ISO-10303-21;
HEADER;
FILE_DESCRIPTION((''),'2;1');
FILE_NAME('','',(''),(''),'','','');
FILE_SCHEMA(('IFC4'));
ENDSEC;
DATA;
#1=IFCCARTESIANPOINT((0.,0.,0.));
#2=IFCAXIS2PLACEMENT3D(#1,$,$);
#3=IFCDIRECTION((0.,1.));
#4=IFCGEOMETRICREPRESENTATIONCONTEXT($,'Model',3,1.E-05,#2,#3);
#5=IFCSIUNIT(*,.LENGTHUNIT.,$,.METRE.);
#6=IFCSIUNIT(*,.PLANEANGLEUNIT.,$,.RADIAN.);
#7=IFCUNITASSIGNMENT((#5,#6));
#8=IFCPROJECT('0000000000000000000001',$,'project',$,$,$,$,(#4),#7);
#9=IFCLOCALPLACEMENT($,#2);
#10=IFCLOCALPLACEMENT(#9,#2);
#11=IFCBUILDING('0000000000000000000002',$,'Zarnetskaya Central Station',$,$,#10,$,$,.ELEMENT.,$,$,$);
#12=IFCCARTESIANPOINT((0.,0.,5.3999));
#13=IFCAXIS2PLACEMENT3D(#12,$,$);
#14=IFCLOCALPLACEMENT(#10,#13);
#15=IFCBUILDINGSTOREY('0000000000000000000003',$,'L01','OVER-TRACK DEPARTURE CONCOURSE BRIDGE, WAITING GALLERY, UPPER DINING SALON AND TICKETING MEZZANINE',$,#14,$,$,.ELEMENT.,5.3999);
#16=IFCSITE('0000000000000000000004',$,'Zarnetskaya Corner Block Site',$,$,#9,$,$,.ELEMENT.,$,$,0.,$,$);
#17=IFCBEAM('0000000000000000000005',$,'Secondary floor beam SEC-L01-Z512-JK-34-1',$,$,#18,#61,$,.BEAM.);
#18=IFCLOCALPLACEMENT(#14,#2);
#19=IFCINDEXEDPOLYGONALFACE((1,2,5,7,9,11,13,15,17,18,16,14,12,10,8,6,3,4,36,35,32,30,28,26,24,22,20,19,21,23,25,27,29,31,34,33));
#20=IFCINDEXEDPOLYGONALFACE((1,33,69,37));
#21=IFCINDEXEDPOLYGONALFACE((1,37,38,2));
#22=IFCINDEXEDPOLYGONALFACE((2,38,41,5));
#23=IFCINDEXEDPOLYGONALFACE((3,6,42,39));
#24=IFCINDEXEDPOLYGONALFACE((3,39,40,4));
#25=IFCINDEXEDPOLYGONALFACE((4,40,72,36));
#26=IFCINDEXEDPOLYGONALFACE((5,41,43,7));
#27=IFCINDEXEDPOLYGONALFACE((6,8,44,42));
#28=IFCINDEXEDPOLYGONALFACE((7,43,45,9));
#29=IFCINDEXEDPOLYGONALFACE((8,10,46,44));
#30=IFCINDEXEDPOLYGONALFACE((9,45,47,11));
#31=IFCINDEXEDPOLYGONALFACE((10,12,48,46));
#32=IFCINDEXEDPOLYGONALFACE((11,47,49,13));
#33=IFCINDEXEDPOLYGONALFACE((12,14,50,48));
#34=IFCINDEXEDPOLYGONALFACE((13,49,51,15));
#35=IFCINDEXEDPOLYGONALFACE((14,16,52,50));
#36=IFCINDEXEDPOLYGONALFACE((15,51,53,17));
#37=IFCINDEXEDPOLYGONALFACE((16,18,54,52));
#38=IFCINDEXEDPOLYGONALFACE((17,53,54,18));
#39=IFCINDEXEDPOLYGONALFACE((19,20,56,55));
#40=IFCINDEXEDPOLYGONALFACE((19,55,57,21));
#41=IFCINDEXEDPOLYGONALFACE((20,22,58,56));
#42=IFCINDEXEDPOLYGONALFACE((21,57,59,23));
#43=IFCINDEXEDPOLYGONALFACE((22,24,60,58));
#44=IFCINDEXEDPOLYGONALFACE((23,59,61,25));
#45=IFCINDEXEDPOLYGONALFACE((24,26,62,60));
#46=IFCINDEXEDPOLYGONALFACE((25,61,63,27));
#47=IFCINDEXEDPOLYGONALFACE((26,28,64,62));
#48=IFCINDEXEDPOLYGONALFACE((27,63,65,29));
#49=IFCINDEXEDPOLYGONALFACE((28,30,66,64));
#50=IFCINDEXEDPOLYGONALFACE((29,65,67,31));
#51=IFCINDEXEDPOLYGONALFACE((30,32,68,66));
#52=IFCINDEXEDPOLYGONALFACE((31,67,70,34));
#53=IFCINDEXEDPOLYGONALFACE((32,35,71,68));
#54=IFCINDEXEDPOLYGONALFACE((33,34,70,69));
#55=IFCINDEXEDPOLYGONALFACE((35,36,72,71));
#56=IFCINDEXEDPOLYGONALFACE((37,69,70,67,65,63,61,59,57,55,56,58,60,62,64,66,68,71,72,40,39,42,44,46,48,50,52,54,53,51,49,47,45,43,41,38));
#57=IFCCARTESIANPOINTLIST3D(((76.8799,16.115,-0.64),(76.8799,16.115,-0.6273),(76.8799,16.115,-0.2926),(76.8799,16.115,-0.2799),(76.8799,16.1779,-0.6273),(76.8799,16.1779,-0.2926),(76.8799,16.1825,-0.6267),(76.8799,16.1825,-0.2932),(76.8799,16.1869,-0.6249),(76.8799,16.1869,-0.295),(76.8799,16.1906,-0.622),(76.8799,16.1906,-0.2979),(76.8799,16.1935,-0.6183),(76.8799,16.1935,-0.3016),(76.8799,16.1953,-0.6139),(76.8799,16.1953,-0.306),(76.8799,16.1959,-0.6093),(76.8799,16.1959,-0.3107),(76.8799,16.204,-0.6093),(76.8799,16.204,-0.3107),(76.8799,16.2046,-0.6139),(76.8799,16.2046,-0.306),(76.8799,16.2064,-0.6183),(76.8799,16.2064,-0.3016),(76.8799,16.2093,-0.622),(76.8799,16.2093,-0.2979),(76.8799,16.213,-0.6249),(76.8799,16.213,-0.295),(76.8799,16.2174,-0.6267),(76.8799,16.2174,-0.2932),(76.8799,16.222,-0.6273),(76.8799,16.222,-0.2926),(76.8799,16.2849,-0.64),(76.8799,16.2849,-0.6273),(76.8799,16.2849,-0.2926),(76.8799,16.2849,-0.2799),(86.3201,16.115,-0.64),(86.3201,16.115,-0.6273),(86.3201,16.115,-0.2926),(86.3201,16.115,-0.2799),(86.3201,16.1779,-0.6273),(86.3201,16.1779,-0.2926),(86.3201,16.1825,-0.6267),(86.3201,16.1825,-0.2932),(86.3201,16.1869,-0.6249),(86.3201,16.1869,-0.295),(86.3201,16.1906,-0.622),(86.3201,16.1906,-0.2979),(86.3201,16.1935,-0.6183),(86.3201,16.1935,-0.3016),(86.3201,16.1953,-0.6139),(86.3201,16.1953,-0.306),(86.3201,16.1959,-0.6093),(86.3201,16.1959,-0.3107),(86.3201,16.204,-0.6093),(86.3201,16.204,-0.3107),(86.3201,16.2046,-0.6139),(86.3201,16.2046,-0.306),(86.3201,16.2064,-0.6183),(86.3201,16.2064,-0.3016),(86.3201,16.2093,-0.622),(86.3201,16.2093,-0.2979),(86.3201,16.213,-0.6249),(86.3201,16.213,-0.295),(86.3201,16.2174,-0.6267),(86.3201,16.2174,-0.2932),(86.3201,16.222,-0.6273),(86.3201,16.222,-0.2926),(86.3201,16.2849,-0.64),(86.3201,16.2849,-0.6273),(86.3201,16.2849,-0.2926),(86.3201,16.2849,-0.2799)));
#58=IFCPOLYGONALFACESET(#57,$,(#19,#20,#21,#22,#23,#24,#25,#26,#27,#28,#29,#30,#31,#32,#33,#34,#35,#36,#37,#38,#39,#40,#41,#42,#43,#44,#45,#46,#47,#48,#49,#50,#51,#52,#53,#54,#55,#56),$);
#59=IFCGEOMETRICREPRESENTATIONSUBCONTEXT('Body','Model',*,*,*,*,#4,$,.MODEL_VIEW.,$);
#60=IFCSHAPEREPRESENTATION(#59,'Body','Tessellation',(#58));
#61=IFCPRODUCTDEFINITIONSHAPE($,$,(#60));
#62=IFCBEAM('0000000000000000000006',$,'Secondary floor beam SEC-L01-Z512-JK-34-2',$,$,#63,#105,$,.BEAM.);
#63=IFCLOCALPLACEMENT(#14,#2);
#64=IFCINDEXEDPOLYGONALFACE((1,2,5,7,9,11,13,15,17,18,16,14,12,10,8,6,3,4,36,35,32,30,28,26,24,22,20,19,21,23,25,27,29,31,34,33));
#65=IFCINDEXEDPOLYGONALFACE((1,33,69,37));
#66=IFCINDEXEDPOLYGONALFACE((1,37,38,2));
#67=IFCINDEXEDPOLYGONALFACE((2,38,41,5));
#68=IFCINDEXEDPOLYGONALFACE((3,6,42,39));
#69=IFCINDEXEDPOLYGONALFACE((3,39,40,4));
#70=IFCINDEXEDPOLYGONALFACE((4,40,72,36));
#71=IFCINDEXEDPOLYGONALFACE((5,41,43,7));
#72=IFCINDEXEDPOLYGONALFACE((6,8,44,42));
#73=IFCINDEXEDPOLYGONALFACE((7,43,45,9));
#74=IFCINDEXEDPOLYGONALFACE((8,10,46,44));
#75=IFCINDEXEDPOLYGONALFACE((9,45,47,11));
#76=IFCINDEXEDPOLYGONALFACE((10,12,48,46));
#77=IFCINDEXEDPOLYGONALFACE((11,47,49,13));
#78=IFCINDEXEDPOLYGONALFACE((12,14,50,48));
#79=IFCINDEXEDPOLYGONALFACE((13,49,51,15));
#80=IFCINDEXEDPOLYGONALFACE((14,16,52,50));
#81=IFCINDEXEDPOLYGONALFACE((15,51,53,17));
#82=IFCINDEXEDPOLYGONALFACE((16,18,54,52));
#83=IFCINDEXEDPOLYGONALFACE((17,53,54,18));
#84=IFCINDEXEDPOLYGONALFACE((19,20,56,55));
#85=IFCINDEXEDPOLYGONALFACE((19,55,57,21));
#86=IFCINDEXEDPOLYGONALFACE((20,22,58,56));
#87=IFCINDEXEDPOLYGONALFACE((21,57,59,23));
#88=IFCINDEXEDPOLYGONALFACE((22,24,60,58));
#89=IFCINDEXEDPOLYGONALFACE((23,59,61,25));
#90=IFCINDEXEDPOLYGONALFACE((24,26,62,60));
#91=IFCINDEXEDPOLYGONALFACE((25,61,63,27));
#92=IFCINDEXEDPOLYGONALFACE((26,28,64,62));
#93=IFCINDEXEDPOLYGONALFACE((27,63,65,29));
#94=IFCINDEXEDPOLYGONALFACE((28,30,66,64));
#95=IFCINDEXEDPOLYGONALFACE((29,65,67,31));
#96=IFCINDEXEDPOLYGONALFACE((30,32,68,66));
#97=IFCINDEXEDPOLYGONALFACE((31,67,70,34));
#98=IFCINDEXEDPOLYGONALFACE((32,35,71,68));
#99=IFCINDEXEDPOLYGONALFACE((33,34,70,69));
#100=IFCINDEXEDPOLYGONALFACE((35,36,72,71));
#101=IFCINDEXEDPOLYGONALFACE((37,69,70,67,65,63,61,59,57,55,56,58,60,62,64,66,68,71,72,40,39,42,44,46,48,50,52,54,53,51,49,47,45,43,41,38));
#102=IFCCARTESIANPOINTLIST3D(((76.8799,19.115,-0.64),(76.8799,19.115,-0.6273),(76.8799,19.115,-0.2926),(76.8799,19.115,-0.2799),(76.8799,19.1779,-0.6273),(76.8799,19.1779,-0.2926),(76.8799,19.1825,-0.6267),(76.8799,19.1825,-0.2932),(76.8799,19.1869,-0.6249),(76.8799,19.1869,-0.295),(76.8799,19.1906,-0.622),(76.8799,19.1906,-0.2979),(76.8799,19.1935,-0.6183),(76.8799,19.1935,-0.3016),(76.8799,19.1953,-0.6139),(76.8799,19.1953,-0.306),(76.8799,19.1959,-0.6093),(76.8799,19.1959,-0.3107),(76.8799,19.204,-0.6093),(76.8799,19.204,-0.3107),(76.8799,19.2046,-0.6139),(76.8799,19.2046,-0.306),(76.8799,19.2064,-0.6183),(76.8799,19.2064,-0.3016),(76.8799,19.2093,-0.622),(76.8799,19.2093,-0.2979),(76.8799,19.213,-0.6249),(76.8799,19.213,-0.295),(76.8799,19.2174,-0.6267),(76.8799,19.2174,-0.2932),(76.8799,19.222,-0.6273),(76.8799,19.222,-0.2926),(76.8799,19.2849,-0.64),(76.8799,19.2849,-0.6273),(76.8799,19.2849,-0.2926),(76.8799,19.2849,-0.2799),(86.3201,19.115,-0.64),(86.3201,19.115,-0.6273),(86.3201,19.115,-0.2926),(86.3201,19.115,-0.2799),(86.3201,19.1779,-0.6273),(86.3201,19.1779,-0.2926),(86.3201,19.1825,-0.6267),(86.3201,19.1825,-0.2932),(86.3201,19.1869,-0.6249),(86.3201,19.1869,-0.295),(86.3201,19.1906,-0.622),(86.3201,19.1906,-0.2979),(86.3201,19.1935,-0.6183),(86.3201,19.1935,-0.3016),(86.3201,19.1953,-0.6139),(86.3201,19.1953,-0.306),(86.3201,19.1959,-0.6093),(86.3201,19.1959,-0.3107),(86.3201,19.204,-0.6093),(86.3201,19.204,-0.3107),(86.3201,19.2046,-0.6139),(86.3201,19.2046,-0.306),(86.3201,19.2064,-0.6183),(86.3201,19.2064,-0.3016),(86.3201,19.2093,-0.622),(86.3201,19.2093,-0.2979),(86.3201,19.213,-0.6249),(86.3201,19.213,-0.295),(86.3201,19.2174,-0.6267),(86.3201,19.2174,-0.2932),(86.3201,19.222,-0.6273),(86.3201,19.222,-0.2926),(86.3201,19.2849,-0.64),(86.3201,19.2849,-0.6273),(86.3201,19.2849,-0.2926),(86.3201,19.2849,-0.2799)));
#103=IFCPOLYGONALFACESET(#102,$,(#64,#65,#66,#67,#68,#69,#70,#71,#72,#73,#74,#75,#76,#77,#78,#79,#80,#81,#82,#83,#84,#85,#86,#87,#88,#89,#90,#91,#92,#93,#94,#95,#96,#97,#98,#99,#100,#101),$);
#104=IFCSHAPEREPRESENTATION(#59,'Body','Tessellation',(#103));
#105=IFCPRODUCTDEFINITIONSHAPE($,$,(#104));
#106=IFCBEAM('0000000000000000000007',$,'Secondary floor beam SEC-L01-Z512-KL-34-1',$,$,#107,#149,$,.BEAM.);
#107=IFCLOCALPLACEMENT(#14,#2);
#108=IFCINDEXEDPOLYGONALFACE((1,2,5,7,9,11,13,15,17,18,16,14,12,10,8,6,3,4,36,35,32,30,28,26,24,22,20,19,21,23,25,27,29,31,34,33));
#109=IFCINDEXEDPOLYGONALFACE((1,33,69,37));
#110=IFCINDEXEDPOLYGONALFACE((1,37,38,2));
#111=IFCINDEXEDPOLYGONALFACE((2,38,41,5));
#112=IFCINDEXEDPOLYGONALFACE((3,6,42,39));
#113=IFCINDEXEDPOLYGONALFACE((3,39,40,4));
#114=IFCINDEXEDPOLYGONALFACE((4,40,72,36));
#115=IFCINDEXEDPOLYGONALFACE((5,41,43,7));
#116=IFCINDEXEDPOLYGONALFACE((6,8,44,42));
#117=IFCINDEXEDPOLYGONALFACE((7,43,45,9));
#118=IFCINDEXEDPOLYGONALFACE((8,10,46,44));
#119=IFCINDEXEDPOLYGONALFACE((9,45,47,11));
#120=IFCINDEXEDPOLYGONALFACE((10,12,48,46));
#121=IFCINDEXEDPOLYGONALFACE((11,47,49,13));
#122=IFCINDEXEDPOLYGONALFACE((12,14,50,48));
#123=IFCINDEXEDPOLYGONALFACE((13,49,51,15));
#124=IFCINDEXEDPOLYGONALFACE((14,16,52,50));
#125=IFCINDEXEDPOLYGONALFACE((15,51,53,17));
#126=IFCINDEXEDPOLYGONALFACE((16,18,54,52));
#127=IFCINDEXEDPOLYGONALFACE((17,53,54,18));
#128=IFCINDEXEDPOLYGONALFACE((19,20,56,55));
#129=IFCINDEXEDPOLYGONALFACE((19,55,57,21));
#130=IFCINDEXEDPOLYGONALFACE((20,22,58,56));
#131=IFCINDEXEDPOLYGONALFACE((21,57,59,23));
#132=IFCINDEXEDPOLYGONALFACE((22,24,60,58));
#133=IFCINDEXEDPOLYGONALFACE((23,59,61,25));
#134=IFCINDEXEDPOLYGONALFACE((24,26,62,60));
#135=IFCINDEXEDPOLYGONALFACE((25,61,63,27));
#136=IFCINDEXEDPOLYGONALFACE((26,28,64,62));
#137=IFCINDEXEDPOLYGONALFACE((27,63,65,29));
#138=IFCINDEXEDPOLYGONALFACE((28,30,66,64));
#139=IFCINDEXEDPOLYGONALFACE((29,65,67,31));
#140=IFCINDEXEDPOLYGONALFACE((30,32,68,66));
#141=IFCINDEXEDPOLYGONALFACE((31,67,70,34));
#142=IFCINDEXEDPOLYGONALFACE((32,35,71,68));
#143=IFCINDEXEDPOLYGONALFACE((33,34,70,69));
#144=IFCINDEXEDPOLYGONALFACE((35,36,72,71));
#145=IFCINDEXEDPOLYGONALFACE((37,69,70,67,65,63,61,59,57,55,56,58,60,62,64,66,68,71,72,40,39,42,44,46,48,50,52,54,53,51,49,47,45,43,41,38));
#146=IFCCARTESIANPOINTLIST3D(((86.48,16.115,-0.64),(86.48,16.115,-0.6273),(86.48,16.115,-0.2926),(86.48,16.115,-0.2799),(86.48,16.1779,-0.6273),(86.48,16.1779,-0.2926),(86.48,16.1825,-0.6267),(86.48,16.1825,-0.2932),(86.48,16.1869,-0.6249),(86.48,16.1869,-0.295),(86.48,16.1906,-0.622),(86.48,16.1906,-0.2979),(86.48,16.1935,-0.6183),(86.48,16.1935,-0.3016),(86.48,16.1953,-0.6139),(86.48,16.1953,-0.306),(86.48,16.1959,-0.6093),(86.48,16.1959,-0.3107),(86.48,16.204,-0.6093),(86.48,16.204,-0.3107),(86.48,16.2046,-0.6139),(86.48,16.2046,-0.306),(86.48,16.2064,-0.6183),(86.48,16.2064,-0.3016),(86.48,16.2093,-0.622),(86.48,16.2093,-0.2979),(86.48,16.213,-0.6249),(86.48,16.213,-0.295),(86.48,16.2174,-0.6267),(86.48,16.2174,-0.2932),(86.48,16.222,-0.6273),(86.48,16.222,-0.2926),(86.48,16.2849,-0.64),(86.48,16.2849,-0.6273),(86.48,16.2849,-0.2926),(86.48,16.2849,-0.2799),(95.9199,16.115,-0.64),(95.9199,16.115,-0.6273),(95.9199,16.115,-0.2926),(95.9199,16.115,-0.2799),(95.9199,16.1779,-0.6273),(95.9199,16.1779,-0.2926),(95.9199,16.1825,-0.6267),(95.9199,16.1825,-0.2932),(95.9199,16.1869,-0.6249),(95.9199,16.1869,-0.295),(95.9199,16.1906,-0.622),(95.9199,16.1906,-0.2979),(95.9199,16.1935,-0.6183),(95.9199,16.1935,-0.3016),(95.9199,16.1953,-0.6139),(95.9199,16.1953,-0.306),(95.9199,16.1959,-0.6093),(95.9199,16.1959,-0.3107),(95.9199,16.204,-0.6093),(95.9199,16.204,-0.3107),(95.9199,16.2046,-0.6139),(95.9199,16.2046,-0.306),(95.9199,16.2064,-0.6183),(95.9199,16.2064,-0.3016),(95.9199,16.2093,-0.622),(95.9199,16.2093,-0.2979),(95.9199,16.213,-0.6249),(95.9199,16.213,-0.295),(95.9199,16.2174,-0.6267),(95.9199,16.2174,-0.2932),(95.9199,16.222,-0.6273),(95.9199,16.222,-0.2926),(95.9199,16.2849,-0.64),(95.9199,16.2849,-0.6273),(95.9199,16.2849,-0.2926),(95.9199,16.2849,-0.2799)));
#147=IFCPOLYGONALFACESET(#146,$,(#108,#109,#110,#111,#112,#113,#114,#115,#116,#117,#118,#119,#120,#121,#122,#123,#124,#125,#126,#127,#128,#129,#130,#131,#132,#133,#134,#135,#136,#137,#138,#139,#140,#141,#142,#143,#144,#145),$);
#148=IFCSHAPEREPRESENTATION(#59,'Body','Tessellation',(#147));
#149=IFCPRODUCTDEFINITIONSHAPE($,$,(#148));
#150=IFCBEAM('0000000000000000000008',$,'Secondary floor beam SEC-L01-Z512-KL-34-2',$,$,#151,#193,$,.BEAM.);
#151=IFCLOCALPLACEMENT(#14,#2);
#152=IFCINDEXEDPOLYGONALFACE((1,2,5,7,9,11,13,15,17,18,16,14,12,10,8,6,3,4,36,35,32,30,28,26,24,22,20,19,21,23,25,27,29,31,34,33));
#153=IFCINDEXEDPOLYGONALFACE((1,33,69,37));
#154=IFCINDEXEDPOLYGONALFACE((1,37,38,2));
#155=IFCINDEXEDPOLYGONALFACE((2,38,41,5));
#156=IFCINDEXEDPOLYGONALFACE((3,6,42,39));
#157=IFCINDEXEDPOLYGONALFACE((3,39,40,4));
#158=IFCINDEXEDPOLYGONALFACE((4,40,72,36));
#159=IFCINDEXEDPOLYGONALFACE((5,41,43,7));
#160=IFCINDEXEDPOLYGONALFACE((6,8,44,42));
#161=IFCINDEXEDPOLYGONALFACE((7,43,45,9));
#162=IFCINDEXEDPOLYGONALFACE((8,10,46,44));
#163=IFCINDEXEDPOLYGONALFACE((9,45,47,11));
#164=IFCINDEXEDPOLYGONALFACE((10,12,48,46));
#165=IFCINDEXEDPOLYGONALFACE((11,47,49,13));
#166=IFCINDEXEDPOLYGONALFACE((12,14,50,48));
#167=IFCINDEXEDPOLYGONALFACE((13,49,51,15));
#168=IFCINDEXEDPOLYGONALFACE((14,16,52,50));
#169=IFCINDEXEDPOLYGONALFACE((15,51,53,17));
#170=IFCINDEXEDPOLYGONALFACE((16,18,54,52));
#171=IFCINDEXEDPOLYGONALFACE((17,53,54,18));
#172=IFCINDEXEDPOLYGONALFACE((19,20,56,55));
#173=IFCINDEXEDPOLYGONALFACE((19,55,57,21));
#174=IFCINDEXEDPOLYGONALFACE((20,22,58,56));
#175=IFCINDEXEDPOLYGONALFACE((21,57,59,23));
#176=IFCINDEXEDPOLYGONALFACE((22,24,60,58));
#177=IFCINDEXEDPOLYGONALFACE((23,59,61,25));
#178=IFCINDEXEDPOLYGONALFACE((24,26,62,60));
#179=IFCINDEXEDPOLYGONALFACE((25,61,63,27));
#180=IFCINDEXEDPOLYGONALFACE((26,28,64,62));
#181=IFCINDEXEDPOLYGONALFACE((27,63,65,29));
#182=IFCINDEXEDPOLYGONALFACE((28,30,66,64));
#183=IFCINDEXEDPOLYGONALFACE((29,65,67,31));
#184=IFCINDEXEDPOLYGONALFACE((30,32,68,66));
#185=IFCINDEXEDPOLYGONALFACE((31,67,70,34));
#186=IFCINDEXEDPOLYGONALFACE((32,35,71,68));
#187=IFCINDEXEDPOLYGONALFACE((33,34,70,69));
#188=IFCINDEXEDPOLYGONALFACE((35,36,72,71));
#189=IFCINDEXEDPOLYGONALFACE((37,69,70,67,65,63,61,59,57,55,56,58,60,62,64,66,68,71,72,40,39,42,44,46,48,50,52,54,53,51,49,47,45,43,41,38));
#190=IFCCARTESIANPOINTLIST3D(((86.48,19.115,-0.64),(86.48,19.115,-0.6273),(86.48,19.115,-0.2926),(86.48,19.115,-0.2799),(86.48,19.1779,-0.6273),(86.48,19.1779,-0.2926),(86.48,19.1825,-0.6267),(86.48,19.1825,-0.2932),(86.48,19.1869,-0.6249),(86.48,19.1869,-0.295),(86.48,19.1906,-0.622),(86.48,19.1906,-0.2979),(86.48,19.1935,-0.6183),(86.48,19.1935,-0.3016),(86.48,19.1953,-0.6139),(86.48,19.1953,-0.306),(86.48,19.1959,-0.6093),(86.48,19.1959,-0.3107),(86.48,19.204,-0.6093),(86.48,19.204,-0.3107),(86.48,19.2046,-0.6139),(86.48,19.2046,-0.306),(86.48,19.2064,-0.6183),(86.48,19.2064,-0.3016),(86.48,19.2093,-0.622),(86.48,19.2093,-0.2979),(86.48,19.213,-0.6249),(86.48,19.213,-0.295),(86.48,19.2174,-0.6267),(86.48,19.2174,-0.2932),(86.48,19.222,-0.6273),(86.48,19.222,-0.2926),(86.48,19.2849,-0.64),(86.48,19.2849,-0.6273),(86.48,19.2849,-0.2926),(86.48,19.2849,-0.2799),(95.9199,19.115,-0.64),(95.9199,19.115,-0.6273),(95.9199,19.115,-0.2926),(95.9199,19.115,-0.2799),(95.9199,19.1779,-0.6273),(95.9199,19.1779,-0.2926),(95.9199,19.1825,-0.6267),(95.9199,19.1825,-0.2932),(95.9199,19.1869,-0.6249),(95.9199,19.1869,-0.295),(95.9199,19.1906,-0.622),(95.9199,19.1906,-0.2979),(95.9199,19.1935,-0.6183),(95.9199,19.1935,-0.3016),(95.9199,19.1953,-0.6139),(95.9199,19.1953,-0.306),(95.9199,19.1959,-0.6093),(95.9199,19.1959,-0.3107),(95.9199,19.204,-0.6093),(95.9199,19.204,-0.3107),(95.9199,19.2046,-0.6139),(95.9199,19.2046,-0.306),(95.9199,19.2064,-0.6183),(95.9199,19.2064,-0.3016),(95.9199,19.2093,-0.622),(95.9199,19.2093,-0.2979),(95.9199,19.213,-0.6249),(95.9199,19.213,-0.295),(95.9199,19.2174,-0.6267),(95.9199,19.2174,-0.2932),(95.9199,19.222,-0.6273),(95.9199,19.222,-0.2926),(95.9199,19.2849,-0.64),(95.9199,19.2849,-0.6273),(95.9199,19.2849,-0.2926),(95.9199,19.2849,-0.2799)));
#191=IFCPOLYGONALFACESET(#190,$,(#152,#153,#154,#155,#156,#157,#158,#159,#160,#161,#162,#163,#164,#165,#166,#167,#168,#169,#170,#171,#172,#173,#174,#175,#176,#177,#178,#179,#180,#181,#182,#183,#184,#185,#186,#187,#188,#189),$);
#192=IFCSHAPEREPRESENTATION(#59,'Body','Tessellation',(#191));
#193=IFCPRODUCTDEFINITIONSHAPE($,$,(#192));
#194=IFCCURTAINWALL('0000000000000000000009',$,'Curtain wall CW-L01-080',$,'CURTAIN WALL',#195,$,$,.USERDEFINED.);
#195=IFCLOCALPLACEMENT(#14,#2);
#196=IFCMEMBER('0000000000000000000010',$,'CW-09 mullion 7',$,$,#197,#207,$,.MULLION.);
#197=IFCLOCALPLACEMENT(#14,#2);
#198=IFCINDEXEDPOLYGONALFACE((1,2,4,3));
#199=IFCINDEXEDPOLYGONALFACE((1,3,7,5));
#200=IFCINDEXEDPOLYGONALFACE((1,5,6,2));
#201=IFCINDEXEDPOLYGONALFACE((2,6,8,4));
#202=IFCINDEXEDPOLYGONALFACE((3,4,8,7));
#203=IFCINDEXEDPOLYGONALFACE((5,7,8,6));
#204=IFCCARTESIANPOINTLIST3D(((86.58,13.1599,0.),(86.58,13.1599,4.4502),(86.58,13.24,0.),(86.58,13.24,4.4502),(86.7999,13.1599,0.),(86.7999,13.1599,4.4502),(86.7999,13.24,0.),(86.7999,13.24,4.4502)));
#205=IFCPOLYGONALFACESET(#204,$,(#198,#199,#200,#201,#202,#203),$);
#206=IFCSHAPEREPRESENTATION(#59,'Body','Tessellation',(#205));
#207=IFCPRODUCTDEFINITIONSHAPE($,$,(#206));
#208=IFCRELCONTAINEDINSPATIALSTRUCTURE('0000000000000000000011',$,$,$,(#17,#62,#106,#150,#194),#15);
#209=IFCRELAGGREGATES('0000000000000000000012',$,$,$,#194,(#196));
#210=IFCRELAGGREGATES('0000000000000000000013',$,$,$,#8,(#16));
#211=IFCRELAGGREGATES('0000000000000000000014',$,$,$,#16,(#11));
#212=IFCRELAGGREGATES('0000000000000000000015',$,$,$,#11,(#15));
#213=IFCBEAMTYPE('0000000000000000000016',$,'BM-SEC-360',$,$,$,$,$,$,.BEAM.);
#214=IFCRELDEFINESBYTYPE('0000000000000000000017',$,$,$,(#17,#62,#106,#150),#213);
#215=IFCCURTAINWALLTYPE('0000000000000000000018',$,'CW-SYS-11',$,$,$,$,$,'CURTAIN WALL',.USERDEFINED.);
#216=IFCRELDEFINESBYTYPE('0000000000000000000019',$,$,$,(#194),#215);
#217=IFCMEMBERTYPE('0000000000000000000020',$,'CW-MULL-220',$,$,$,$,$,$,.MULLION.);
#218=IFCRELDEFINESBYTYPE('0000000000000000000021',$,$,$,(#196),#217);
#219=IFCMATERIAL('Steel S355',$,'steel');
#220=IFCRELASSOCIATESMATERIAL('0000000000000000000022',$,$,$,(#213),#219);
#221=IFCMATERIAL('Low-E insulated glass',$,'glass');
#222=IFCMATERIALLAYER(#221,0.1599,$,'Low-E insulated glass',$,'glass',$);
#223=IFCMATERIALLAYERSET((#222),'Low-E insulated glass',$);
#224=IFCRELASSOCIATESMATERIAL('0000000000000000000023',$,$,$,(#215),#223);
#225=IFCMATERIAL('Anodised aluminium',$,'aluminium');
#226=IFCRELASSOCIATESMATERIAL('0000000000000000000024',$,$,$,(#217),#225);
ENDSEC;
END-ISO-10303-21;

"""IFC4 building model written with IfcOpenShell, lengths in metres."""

from ifc_helpers import new_model, si_unit, direction, frame, origin, origin_2d, place, context, subcontext, project, spatial, rectangle, i_section, extrude, material, layer, layer_set, material_profile, profile_set, type_object, element, aggregate, save


model = new_model("IFC4")

# Units and contexts
model_context = context("Model", 3, precision=1e-05, world=origin(), true_north=direction((0.0, 1.0)))
body_context = subcontext(model_context, "Body", "Model", "MODEL_VIEW")
ifc_project = project(units=[si_unit("LENGTHUNIT", "METRE"), si_unit("PLANEANGLEUNIT", "RADIAN")], contexts=[model_context])

# Site, building, storey
site_placement = place(None, origin())
site = spatial("IfcSite", under=ifc_project, at=site_placement, Name="Zarnetskaya Corner Block Site", CompositionType="ELEMENT", RefElevation=0.0)
building_placement = place(site_placement, origin())
building = spatial("IfcBuilding", under=site, at=building_placement, Name="Zarnetskaya Central Station", CompositionType="ELEMENT")
storey_placement = place(building_placement, frame((0.0, 0.0, 5.3999)))
storey = spatial("IfcBuildingStorey", under=building, at=storey_placement, Name="L01", Description="OVER-TRACK DEPARTURE CONCOURSE BRIDGE, WAITING GALLERY, UPPER DINING SALON AND TICKETING MEZZANINE", CompositionType="ELEMENT", Elevation=5.3999)

# Shared definitions
ifc_material_1 = material(Name="Steel S355", Category="steel")

# Beams
ifc_material_profile_1 = material_profile(ifc_material_1, i_section(OverallWidth=0.1699, OverallDepth=0.3601, WebThickness=0.0081, FlangeThickness=0.0127, FilletRadius=0.0181, at=origin_2d()), Name="IPE 360")
ifc_profile_set_1 = profile_set([ifc_material_profile_1], Name="Steel S355")
beam_type_1 = type_object("IfcBeamType", Name="BM-SEC-360", PredefinedType="BEAM", material=ifc_profile_set_1)
for number, where, z_axis, x_axis, name in (
    (1, (76.8799, 16.2, -0.46), (1.0, 0.0, 0.0), (0.0, 1.0, 0.0), "Secondary floor beam SEC-L01-Z512-JK-34-1"),
    (2, (76.8799, 19.2, -0.46), (1.0, 0.0, 0.0), (0.0, 1.0, 0.0), "Secondary floor beam SEC-L01-Z512-JK-34-2"),
):
    element("IfcBeam", number, at=place(storey_placement, frame(where, z_axis=z_axis, x_axis=x_axis)), inside=storey, type_object=beam_type_1, Name=name, PredefinedType="BEAM", context=body_context, shape_type="SweptSolid", body=[
        extrude(i_section(OverallWidth=0.1699, OverallDepth=0.3601, WebThickness=0.0081, FlangeThickness=0.0127, FilletRadius=0.0181, at=origin_2d()), origin(), (0.0, 0.0, 1.0), 9.4402),
    ])
for number, where, z_axis, x_axis, name in (
    (3, (86.48, 16.2, -0.46), (1.0, 0.0, 0.0), (0.0, 1.0, 0.0), "Secondary floor beam SEC-L01-Z512-KL-34-1"),
    (4, (86.48, 19.2, -0.46), (1.0, 0.0, 0.0), (0.0, 1.0, 0.0), "Secondary floor beam SEC-L01-Z512-KL-34-2"),
):
    element("IfcBeam", number, at=place(storey_placement, frame(where, z_axis=z_axis, x_axis=x_axis)), inside=storey, type_object=beam_type_1, Name=name, PredefinedType="BEAM", context=body_context, shape_type="SweptSolid", body=[
        extrude(i_section(OverallWidth=0.1699, OverallDepth=0.3601, WebThickness=0.0081, FlangeThickness=0.0127, FilletRadius=0.0181, at=origin_2d()), origin(), (0.0, 0.0, 1.0), 9.4399),
    ])

# Curtain wall, member
ifc_material_2 = material(Name="Low-E insulated glass", Category="glass")
ifc_layer_1 = layer(ifc_material_2, 0.1599, Name="Low-E insulated glass", Category="glass")
ifc_layer_set_1 = layer_set([ifc_layer_1], Name="Low-E insulated glass")
curtain_wall_type = type_object("IfcCurtainWallType", Name="CW-SYS-11", ElementType="CURTAIN WALL", PredefinedType="USERDEFINED", material=ifc_layer_set_1)
curtain_wall_placement = place(storey_placement, origin())
curtain_wall = element("IfcCurtainWall", 5, at=curtain_wall_placement, inside=storey, type_object=curtain_wall_type, Name="Curtain wall CW-L01-080", ObjectType="CURTAIN WALL", PredefinedType="USERDEFINED")
ifc_material_3 = material(Name="Anodised aluminium", Category="aluminium")
ifc_material_profile_2 = material_profile(ifc_material_3, rectangle(XDim=0.0801, YDim=0.22, at=origin_2d()), Name="ALU MULL 80x220")
ifc_profile_set_2 = profile_set([ifc_material_profile_2], Name="Anodised aluminium")
member_type = type_object("IfcMemberType", Name="CW-MULL-220", PredefinedType="MULLION", material=ifc_profile_set_2)
member_placement = place(storey_placement, frame((86.6899, 13.2, 0.0), z_axis=(0.0, 0.0, 1.0), x_axis=(0.0, -1.0, 0.0)))
member = element("IfcMember", 6, at=member_placement, type_object=member_type, Name="CW-09 mullion 7", PredefinedType="MULLION", context=body_context, shape_type="SweptSolid", body=[
    extrude(rectangle(XDim=0.0801, YDim=0.22, at=origin_2d()), origin(), (0.0, 0.0, 1.0), 4.4502),
])

aggregate(curtain_wall, [member])

save(model, "model.ifc")
